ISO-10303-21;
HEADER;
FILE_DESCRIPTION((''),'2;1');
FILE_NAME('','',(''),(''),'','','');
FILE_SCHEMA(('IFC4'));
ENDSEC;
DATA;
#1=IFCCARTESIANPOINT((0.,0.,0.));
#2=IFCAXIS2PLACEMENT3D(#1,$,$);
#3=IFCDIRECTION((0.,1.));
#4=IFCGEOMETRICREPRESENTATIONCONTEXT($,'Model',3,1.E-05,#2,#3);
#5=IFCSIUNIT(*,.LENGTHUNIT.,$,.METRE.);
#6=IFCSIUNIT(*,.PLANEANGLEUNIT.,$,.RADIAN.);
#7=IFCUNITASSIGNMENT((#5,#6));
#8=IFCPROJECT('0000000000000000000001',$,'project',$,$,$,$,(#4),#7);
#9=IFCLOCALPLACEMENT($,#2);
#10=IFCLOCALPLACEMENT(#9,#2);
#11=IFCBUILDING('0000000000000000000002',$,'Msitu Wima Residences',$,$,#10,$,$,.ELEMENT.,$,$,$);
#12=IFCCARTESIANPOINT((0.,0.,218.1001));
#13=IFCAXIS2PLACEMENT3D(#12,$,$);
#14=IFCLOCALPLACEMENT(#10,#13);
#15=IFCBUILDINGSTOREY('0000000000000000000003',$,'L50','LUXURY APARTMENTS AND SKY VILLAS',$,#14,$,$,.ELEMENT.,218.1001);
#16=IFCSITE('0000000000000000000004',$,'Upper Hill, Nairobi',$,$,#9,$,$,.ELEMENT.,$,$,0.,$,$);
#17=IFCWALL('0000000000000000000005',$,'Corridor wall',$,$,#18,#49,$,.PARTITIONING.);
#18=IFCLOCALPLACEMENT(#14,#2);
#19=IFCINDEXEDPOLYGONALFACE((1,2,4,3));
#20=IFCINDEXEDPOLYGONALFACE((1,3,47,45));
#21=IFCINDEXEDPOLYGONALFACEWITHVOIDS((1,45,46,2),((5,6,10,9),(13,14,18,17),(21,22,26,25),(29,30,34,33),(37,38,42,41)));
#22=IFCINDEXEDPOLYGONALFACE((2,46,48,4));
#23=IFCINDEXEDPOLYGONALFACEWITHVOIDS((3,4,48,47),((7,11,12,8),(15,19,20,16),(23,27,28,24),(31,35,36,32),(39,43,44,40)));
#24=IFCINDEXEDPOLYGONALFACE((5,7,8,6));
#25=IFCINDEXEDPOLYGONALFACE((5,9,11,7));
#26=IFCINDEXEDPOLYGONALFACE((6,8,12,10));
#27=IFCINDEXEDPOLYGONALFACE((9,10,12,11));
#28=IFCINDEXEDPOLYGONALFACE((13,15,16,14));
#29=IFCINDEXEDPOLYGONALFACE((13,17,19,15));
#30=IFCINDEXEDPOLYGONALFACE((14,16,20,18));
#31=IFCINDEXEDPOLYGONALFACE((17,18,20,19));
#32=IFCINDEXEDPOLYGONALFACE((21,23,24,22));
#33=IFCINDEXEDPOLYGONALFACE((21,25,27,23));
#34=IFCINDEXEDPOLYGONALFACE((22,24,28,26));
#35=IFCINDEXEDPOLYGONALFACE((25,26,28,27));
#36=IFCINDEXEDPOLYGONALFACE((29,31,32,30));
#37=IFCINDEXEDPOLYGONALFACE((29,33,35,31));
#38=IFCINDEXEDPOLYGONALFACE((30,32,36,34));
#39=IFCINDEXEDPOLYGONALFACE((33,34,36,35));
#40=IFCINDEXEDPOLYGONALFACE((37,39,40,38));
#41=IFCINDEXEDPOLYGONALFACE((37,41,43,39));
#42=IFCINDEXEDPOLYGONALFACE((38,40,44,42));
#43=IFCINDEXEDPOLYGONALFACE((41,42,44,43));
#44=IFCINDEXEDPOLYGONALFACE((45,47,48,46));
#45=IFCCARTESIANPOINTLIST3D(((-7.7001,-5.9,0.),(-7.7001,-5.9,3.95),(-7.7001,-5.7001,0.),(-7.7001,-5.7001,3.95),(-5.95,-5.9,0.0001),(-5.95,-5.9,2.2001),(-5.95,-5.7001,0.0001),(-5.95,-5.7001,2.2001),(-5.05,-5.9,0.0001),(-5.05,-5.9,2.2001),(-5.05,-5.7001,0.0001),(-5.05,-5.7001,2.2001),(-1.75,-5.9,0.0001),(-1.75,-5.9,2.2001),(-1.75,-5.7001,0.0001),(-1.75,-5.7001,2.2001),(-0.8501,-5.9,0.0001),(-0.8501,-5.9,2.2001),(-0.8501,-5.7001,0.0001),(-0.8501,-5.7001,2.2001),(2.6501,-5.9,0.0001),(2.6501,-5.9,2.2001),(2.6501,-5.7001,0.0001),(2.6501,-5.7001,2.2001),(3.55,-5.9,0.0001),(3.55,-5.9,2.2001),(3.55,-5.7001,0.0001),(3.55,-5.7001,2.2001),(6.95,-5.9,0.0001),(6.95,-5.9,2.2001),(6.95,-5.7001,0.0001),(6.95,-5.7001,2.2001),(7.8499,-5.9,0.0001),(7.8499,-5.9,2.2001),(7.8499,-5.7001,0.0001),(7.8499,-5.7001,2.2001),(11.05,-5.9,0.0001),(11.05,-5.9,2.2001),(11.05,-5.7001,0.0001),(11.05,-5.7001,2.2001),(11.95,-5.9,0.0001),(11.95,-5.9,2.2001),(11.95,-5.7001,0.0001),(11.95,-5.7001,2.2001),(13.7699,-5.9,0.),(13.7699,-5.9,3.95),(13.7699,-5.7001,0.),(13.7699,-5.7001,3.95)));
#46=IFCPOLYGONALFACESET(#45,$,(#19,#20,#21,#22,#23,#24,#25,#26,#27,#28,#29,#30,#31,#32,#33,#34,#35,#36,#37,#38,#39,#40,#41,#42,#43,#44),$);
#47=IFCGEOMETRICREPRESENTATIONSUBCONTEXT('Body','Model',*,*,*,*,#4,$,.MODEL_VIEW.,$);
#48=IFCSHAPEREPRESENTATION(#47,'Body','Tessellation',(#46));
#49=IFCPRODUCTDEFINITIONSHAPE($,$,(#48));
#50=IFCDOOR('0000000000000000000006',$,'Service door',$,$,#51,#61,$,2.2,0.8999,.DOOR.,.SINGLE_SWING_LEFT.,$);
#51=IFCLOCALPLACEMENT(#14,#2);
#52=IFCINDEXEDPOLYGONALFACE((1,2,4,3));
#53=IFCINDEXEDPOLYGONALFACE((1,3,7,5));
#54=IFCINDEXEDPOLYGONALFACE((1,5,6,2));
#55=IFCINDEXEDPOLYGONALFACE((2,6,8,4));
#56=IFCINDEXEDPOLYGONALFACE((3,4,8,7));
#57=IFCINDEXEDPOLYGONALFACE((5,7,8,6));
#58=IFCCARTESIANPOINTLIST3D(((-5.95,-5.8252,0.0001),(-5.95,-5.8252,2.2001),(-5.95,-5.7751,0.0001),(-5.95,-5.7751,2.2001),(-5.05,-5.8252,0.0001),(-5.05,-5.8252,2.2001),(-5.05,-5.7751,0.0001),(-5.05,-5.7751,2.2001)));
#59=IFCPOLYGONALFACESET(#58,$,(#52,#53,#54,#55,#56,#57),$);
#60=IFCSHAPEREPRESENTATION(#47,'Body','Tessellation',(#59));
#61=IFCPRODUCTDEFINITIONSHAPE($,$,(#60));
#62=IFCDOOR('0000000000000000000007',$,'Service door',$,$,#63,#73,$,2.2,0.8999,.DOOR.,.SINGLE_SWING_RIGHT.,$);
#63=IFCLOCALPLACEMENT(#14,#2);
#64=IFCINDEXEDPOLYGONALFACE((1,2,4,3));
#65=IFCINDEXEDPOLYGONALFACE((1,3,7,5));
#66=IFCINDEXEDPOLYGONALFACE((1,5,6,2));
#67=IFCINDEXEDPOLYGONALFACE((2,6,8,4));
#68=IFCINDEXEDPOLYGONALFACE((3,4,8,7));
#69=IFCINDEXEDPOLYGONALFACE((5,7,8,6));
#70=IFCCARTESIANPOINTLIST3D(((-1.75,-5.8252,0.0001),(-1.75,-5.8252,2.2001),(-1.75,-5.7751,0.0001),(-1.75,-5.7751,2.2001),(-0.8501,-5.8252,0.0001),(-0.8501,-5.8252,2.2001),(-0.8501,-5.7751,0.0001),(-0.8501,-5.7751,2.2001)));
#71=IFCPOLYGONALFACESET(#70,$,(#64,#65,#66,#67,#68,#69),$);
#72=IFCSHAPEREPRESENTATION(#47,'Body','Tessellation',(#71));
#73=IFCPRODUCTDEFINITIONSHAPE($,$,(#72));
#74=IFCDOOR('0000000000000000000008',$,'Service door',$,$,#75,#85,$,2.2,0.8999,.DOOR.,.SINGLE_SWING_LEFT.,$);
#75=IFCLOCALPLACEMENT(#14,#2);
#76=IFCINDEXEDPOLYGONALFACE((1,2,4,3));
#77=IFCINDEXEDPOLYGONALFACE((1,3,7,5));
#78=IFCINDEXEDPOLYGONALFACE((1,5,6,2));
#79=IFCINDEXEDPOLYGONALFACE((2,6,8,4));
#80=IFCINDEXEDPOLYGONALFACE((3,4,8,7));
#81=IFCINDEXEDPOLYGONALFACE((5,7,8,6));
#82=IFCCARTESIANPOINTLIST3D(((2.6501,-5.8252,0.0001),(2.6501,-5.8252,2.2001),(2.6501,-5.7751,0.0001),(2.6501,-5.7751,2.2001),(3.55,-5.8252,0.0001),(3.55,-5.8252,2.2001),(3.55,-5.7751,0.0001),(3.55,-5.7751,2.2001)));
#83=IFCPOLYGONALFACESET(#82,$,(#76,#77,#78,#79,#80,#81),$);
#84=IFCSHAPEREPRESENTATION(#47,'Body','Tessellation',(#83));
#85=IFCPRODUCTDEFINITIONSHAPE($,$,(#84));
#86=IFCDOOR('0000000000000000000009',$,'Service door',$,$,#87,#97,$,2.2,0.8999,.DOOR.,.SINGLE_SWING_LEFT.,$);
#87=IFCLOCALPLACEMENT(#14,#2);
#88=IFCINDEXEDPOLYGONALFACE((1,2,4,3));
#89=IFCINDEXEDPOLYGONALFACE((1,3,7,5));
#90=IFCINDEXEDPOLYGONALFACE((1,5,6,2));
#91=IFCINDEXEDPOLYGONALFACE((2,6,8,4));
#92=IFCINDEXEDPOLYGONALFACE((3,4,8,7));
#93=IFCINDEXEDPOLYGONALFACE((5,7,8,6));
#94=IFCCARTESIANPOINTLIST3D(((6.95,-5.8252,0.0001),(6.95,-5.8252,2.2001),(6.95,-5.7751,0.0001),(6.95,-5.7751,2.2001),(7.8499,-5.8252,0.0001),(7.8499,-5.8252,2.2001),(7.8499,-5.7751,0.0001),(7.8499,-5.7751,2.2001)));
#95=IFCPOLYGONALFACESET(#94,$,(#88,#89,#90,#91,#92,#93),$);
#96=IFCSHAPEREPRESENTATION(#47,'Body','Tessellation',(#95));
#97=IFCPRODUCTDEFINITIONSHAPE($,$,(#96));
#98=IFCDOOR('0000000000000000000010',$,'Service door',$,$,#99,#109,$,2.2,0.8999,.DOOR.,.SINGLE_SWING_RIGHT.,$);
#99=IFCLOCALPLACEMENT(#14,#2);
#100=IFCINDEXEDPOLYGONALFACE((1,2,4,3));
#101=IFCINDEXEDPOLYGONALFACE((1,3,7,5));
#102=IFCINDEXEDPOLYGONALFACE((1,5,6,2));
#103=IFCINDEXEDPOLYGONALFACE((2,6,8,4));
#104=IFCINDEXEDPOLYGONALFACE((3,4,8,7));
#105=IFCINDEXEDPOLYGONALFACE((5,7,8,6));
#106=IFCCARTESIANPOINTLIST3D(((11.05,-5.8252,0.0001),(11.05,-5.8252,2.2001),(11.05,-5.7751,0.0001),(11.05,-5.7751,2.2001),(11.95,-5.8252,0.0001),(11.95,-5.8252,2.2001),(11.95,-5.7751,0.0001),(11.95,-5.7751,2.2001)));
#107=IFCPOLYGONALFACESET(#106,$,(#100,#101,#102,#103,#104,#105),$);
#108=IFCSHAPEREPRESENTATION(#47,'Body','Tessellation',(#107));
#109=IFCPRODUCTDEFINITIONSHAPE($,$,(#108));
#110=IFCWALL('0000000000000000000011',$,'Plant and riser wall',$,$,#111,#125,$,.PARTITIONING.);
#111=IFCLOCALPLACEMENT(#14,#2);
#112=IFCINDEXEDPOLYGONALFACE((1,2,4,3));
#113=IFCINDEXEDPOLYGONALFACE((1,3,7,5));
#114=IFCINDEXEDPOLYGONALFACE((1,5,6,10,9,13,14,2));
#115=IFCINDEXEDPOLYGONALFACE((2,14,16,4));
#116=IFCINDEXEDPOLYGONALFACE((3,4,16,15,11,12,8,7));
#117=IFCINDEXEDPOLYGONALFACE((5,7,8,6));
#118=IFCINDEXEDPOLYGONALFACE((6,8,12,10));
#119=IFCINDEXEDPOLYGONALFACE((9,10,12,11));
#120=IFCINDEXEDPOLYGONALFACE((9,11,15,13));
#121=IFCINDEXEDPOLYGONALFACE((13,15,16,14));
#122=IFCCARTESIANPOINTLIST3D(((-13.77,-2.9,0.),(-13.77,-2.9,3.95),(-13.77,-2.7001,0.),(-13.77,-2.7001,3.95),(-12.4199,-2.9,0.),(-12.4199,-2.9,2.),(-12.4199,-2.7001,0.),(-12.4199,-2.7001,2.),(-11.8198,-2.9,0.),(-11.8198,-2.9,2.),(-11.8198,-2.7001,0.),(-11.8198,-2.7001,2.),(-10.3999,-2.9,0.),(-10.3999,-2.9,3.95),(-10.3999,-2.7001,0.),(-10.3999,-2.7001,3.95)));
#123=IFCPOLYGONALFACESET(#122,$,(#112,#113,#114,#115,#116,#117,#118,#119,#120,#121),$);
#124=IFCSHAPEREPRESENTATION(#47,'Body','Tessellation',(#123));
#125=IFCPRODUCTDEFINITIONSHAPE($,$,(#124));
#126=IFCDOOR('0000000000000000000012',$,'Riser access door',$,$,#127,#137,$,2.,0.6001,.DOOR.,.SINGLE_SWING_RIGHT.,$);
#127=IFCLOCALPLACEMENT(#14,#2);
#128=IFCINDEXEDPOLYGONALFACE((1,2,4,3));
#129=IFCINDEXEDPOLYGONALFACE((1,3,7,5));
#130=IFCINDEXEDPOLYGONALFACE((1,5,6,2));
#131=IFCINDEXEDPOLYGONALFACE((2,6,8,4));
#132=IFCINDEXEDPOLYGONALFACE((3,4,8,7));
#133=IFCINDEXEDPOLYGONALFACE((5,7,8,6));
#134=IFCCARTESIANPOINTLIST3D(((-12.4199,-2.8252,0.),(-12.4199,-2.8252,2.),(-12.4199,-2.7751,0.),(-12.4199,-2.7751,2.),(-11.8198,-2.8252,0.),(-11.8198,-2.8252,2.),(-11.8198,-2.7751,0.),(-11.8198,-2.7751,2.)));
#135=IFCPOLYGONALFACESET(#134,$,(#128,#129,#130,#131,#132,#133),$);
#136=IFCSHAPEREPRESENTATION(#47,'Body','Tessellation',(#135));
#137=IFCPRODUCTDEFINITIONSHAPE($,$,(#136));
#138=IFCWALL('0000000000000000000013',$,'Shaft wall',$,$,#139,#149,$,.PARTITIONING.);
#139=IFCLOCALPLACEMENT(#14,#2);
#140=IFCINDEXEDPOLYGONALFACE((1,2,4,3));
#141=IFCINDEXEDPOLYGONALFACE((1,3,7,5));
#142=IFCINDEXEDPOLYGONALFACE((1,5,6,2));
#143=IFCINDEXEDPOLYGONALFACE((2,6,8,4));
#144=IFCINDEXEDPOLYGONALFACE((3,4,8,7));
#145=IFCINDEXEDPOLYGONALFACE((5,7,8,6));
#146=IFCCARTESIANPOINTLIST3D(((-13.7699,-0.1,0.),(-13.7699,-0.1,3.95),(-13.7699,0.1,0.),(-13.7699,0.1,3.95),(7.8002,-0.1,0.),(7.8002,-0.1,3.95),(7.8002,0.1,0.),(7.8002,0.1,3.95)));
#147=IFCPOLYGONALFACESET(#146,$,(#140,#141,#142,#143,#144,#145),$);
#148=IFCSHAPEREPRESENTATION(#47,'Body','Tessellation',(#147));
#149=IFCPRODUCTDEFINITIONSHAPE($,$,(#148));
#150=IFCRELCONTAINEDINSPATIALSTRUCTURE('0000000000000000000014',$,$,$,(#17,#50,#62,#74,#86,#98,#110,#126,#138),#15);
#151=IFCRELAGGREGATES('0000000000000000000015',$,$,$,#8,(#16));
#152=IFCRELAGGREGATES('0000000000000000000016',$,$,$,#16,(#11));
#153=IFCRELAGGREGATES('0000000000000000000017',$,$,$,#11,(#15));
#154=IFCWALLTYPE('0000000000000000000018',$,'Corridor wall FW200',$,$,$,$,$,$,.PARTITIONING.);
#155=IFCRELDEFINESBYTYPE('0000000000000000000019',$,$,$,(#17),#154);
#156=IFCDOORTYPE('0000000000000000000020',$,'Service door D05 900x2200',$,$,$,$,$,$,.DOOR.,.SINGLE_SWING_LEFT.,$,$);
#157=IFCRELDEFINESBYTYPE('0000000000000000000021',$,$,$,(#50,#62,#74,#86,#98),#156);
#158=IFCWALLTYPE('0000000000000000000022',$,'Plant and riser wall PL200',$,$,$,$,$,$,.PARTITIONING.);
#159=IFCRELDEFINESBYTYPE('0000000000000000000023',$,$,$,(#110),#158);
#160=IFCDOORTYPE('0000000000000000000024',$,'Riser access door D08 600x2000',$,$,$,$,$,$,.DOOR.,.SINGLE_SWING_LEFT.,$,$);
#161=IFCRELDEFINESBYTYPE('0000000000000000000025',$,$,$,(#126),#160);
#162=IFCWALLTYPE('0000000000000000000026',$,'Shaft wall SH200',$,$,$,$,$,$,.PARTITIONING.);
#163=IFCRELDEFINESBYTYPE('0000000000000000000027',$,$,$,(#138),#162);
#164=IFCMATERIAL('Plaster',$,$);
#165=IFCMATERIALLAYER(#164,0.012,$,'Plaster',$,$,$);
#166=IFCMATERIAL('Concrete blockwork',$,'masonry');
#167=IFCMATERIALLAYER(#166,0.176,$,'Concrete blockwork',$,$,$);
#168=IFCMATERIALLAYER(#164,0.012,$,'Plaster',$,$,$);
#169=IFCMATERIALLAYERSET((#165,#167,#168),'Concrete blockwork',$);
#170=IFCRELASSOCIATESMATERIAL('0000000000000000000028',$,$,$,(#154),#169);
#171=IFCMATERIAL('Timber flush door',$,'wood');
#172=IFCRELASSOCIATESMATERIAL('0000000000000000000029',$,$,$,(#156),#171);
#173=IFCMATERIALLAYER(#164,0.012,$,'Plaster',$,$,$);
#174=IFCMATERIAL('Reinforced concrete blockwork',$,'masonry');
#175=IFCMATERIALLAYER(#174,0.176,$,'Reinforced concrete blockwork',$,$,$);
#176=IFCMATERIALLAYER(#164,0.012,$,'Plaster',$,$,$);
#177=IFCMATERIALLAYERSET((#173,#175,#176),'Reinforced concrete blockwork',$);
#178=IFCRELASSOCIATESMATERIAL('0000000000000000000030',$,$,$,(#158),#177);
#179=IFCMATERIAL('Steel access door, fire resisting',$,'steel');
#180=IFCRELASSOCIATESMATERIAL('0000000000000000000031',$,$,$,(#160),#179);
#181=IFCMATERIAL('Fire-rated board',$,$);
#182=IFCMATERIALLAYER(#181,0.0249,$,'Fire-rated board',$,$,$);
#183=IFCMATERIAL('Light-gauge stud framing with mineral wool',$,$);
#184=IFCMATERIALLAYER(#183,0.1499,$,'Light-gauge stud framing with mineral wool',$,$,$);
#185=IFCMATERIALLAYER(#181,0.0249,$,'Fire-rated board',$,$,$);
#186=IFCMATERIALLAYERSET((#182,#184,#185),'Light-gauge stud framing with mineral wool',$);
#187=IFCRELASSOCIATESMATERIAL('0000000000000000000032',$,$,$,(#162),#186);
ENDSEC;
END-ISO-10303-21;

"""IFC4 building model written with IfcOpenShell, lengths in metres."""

from ifc_helpers import new_model, si_unit, direction, frame, frame_2d, origin, place, context, subcontext, project, spatial, rectangle, extrude, material, layer, layer_set, type_object, element, fill, save


model = new_model("IFC4")

# Units and contexts
model_context = context("Model", 3, precision=1e-05, world=origin(), true_north=direction((0.0, 1.0)))
body_context = subcontext(model_context, "Body", "Model", "MODEL_VIEW")
ifc_project = project(units=[si_unit("LENGTHUNIT", "METRE"), si_unit("PLANEANGLEUNIT", "RADIAN")], contexts=[model_context])

# Site, building, storey
site_placement = place(None, origin())
site = spatial("IfcSite", under=ifc_project, at=site_placement, Name="Upper Hill, Nairobi", CompositionType="ELEMENT", RefElevation=0.0)
building_placement = place(site_placement, origin())
building = spatial("IfcBuilding", under=site, at=building_placement, Name="Msitu Wima Residences", CompositionType="ELEMENT")
storey_placement = place(building_placement, frame((0.0, 0.0, 218.1001)))
storey = spatial("IfcBuildingStorey", under=building, at=storey_placement, Name="L50", Description="LUXURY APARTMENTS AND SKY VILLAS", CompositionType="ELEMENT", Elevation=218.1001)

# Shared definitions
ifc_material_1 = material(Name="Plaster")
ifc_layer_1 = layer(ifc_material_1, 0.012, Name="Plaster")
ifc_material_2 = material(Name="Concrete blockwork", Category="masonry")
ifc_layer_2 = layer(ifc_material_2, 0.176, Name="Concrete blockwork")
ifc_layer_3 = layer(ifc_material_1, 0.012, Name="Plaster")
ifc_layer_set_1 = layer_set([ifc_layer_1, ifc_layer_2, ifc_layer_3], Name="Concrete blockwork")
wall_type_1 = type_object("IfcWallType", Name="Corridor wall FW200", PredefinedType="PARTITIONING", material=ifc_layer_set_1)

# Wall, openings, doors
wall_1_placement = place(storey_placement, frame((-7.7, -5.8, 0.0), z_axis=(0.0, 0.0, 1.0), x_axis=(1.0, 0.0, 0.0)))
wall_1 = element("IfcWall", 1, at=wall_1_placement, inside=storey, type_object=wall_type_1, Name="Corridor wall", PredefinedType="PARTITIONING", context=body_context, shape_type="SweptSolid", body=[
    extrude(rectangle(XDim=21.47, YDim=0.2, at=frame_2d((10.7349, 0.0))), origin(), (0.0, 0.0, 1.0), 3.95),
])
opening_1_placement = place(wall_1_placement, frame((1.75, 0.0, 0.0)))
opening_1 = element("IfcOpeningElement", 2, at=opening_1_placement, cuts=wall_1, PredefinedType="OPENING", context=body_context, shape_type="SweptSolid", body=[
    extrude(rectangle(XDim=0.8999, YDim=2.2, at=frame_2d((0.45, 1.1001))), frame((0.0, 0.1099, 0.0), z_axis=(0.0, -1.0, 0.0), x_axis=(1.0, 0.0, 0.0)), (0.0, 0.0, 1.0), 0.22),
])
opening_2_placement = place(wall_1_placement, frame((5.95, 0.0, 0.0)))
opening_2 = element("IfcOpeningElement", 3, at=opening_2_placement, cuts=wall_1, PredefinedType="OPENING", context=body_context, shape_type="SweptSolid", body=[
    extrude(rectangle(XDim=0.8999, YDim=2.2, at=frame_2d((0.45, 1.1001))), frame((0.0, 0.1099, 0.0), z_axis=(0.0, -1.0, 0.0), x_axis=(1.0, 0.0, 0.0)), (0.0, 0.0, 1.0), 0.22),
])
opening_3_placement = place(wall_1_placement, frame((10.3501, 0.0, 0.0)))
opening_3 = element("IfcOpeningElement", 4, at=opening_3_placement, cuts=wall_1, PredefinedType="OPENING", context=body_context, shape_type="SweptSolid", body=[
    extrude(rectangle(XDim=0.8999, YDim=2.2, at=frame_2d((0.45, 1.1001))), frame((0.0, 0.1099, 0.0), z_axis=(0.0, -1.0, 0.0), x_axis=(1.0, 0.0, 0.0)), (0.0, 0.0, 1.0), 0.22),
])
opening_4_placement = place(wall_1_placement, frame((14.6499, 0.0, 0.0)))
opening_4 = element("IfcOpeningElement", 5, at=opening_4_placement, cuts=wall_1, PredefinedType="OPENING", context=body_context, shape_type="SweptSolid", body=[
    extrude(rectangle(XDim=0.8999, YDim=2.2, at=frame_2d((0.45, 1.1001))), frame((0.0, 0.1099, 0.0), z_axis=(0.0, -1.0, 0.0), x_axis=(1.0, 0.0, 0.0)), (0.0, 0.0, 1.0), 0.22),
])
opening_5_placement = place(wall_1_placement, frame((18.75, 0.0, 0.0)))
opening_5 = element("IfcOpeningElement", 6, at=opening_5_placement, cuts=wall_1, PredefinedType="OPENING", context=body_context, shape_type="SweptSolid", body=[
    extrude(rectangle(XDim=0.8999, YDim=2.2, at=frame_2d((0.45, 1.1001))), frame((0.0, 0.1099, 0.0), z_axis=(0.0, -1.0, 0.0), x_axis=(1.0, 0.0, 0.0)), (0.0, 0.0, 1.0), 0.22),
])
ifc_material_3 = material(Name="Timber flush door", Category="wood")
door_type_1 = type_object("IfcDoorType", Name="Service door D05 900x2200", OperationType="SINGLE_SWING_LEFT", PredefinedType="DOOR", material=ifc_material_3)
door_1_placement = place(opening_1_placement, origin())
door_1 = element("IfcDoor", 7, at=door_1_placement, inside=storey, type_object=door_type_1, Name="Service door", OperationType="SINGLE_SWING_LEFT", OverallHeight=2.2, OverallWidth=0.8999, PredefinedType="DOOR", context=body_context, shape_type="SweptSolid", body=[
    extrude(rectangle(XDim=0.8999, YDim=2.2, at=frame_2d((0.45, 1.1001))), frame((0.0, 0.0249, 0.0), z_axis=(0.0, -1.0, 0.0), x_axis=(1.0, 0.0, 0.0)), (0.0, 0.0, 1.0), 0.05),
])
fill(opening_1, door_1)
door_2_placement = place(opening_2_placement, origin())
door_2 = element("IfcDoor", 8, at=door_2_placement, inside=storey, type_object=door_type_1, Name="Service door", OperationType="SINGLE_SWING_RIGHT", OverallHeight=2.2, OverallWidth=0.8999, PredefinedType="DOOR", context=body_context, shape_type="SweptSolid", body=[
    extrude(rectangle(XDim=0.8999, YDim=2.2, at=frame_2d((0.45, 1.1001))), frame((0.0, 0.0249, 0.0), z_axis=(0.0, -1.0, 0.0), x_axis=(1.0, 0.0, 0.0)), (0.0, 0.0, 1.0), 0.05),
])
fill(opening_2, door_2)
door_3_placement = place(opening_3_placement, origin())
door_3 = element("IfcDoor", 9, at=door_3_placement, inside=storey, type_object=door_type_1, Name="Service door", OperationType="SINGLE_SWING_LEFT", OverallHeight=2.2, OverallWidth=0.8999, PredefinedType="DOOR", context=body_context, shape_type="SweptSolid", body=[
    extrude(rectangle(XDim=0.8999, YDim=2.2, at=frame_2d((0.45, 1.1001))), frame((0.0, 0.0249, 0.0), z_axis=(0.0, -1.0, 0.0), x_axis=(1.0, 0.0, 0.0)), (0.0, 0.0, 1.0), 0.05),
])
fill(opening_3, door_3)
door_4_placement = place(opening_4_placement, origin())
door_4 = element("IfcDoor", 10, at=door_4_placement, inside=storey, type_object=door_type_1, Name="Service door", OperationType="SINGLE_SWING_LEFT", OverallHeight=2.2, OverallWidth=0.8999, PredefinedType="DOOR", context=body_context, shape_type="SweptSolid", body=[
    extrude(rectangle(XDim=0.8999, YDim=2.2, at=frame_2d((0.45, 1.1001))), frame((0.0, 0.0249, 0.0), z_axis=(0.0, -1.0, 0.0), x_axis=(1.0, 0.0, 0.0)), (0.0, 0.0, 1.0), 0.05),
])
fill(opening_4, door_4)
door_5_placement = place(opening_5_placement, origin())
door_5 = element("IfcDoor", 11, at=door_5_placement, inside=storey, type_object=door_type_1, Name="Service door", OperationType="SINGLE_SWING_RIGHT", OverallHeight=2.2, OverallWidth=0.8999, PredefinedType="DOOR", context=body_context, shape_type="SweptSolid", body=[
    extrude(rectangle(XDim=0.8999, YDim=2.2, at=frame_2d((0.45, 1.1001))), frame((0.0, 0.0249, 0.0), z_axis=(0.0, -1.0, 0.0), x_axis=(1.0, 0.0, 0.0)), (0.0, 0.0, 1.0), 0.05),
])
fill(opening_5, door_5)

# Wall, opening, door
ifc_layer_4 = layer(ifc_material_1, 0.012, Name="Plaster")
ifc_material_4 = material(Name="Reinforced concrete blockwork", Category="masonry")
ifc_layer_5 = layer(ifc_material_4, 0.176, Name="Reinforced concrete blockwork")
ifc_layer_6 = layer(ifc_material_1, 0.012, Name="Plaster")
ifc_layer_set_2 = layer_set([ifc_layer_4, ifc_layer_5, ifc_layer_6], Name="Reinforced concrete blockwork")
wall_type_2 = type_object("IfcWallType", Name="Plant and riser wall PL200", PredefinedType="PARTITIONING", material=ifc_layer_set_2)
wall_2_placement = place(storey_placement, frame((-13.77, -2.8, 0.0), z_axis=(0.0, 0.0, 1.0), x_axis=(1.0, 0.0, 0.0)))
wall_2 = element("IfcWall", 12, at=wall_2_placement, inside=storey, type_object=wall_type_2, Name="Plant and riser wall", PredefinedType="PARTITIONING", context=body_context, shape_type="SweptSolid", body=[
    extrude(rectangle(XDim=3.3701, YDim=0.2, at=frame_2d((1.6851, 0.0))), origin(), (0.0, 0.0, 1.0), 3.95),
])
opening_6_placement = place(wall_2_placement, frame((1.3501, 0.0, 0.0)))
opening_6 = element("IfcOpeningElement", 13, at=opening_6_placement, cuts=wall_2, PredefinedType="OPENING", context=body_context, shape_type="SweptSolid", body=[
    extrude(rectangle(XDim=0.6001, YDim=2.0, at=frame_2d((0.3, 1.0))), frame((0.0, 0.1099, 0.0), z_axis=(0.0, -1.0, 0.0), x_axis=(1.0, 0.0, 0.0)), (0.0, 0.0, 1.0), 0.22),
])
ifc_material_5 = material(Name="Steel access door, fire resisting", Category="steel")
door_type_2 = type_object("IfcDoorType", Name="Riser access door D08 600x2000", OperationType="SINGLE_SWING_LEFT", PredefinedType="DOOR", material=ifc_material_5)
door_6_placement = place(opening_6_placement, origin())
door_6 = element("IfcDoor", 14, at=door_6_placement, inside=storey, type_object=door_type_2, Name="Riser access door", OperationType="SINGLE_SWING_RIGHT", OverallHeight=2.0, OverallWidth=0.6001, PredefinedType="DOOR", context=body_context, shape_type="SweptSolid", body=[
    extrude(rectangle(XDim=0.6001, YDim=2.0, at=frame_2d((0.3, 1.0))), frame((0.0, 0.0249, 0.0), z_axis=(0.0, -1.0, 0.0), x_axis=(1.0, 0.0, 0.0)), (0.0, 0.0, 1.0), 0.05),
])
fill(opening_6, door_6)

# Wall
ifc_material_6 = material(Name="Fire-rated board")
ifc_layer_7 = layer(ifc_material_6, 0.0249, Name="Fire-rated board")
ifc_material_7 = material(Name="Light-gauge stud framing with mineral wool")
ifc_layer_8 = layer(ifc_material_7, 0.1499, Name="Light-gauge stud framing with mineral wool")
ifc_layer_9 = layer(ifc_material_6, 0.0249, Name="Fire-rated board")
ifc_layer_set_3 = layer_set([ifc_layer_7, ifc_layer_8, ifc_layer_9], Name="Light-gauge stud framing with mineral wool")
wall_type_3 = type_object("IfcWallType", Name="Shaft wall SH200", PredefinedType="PARTITIONING", material=ifc_layer_set_3)
wall_3_placement = place(storey_placement, frame((-13.77, 0.0, 0.0), z_axis=(0.0, 0.0, 1.0), x_axis=(1.0, 0.0, 0.0)))
element("IfcWall", 15, at=wall_3_placement, inside=storey, type_object=wall_type_3, Name="Shaft wall", PredefinedType="PARTITIONING", context=body_context, shape_type="SweptSolid", body=[
    extrude(rectangle(XDim=21.5701, YDim=0.2, at=frame_2d((10.7852, 0.0))), origin(), (0.0, 0.0, 1.0), 3.95),
])

save(model, "model.ifc")
